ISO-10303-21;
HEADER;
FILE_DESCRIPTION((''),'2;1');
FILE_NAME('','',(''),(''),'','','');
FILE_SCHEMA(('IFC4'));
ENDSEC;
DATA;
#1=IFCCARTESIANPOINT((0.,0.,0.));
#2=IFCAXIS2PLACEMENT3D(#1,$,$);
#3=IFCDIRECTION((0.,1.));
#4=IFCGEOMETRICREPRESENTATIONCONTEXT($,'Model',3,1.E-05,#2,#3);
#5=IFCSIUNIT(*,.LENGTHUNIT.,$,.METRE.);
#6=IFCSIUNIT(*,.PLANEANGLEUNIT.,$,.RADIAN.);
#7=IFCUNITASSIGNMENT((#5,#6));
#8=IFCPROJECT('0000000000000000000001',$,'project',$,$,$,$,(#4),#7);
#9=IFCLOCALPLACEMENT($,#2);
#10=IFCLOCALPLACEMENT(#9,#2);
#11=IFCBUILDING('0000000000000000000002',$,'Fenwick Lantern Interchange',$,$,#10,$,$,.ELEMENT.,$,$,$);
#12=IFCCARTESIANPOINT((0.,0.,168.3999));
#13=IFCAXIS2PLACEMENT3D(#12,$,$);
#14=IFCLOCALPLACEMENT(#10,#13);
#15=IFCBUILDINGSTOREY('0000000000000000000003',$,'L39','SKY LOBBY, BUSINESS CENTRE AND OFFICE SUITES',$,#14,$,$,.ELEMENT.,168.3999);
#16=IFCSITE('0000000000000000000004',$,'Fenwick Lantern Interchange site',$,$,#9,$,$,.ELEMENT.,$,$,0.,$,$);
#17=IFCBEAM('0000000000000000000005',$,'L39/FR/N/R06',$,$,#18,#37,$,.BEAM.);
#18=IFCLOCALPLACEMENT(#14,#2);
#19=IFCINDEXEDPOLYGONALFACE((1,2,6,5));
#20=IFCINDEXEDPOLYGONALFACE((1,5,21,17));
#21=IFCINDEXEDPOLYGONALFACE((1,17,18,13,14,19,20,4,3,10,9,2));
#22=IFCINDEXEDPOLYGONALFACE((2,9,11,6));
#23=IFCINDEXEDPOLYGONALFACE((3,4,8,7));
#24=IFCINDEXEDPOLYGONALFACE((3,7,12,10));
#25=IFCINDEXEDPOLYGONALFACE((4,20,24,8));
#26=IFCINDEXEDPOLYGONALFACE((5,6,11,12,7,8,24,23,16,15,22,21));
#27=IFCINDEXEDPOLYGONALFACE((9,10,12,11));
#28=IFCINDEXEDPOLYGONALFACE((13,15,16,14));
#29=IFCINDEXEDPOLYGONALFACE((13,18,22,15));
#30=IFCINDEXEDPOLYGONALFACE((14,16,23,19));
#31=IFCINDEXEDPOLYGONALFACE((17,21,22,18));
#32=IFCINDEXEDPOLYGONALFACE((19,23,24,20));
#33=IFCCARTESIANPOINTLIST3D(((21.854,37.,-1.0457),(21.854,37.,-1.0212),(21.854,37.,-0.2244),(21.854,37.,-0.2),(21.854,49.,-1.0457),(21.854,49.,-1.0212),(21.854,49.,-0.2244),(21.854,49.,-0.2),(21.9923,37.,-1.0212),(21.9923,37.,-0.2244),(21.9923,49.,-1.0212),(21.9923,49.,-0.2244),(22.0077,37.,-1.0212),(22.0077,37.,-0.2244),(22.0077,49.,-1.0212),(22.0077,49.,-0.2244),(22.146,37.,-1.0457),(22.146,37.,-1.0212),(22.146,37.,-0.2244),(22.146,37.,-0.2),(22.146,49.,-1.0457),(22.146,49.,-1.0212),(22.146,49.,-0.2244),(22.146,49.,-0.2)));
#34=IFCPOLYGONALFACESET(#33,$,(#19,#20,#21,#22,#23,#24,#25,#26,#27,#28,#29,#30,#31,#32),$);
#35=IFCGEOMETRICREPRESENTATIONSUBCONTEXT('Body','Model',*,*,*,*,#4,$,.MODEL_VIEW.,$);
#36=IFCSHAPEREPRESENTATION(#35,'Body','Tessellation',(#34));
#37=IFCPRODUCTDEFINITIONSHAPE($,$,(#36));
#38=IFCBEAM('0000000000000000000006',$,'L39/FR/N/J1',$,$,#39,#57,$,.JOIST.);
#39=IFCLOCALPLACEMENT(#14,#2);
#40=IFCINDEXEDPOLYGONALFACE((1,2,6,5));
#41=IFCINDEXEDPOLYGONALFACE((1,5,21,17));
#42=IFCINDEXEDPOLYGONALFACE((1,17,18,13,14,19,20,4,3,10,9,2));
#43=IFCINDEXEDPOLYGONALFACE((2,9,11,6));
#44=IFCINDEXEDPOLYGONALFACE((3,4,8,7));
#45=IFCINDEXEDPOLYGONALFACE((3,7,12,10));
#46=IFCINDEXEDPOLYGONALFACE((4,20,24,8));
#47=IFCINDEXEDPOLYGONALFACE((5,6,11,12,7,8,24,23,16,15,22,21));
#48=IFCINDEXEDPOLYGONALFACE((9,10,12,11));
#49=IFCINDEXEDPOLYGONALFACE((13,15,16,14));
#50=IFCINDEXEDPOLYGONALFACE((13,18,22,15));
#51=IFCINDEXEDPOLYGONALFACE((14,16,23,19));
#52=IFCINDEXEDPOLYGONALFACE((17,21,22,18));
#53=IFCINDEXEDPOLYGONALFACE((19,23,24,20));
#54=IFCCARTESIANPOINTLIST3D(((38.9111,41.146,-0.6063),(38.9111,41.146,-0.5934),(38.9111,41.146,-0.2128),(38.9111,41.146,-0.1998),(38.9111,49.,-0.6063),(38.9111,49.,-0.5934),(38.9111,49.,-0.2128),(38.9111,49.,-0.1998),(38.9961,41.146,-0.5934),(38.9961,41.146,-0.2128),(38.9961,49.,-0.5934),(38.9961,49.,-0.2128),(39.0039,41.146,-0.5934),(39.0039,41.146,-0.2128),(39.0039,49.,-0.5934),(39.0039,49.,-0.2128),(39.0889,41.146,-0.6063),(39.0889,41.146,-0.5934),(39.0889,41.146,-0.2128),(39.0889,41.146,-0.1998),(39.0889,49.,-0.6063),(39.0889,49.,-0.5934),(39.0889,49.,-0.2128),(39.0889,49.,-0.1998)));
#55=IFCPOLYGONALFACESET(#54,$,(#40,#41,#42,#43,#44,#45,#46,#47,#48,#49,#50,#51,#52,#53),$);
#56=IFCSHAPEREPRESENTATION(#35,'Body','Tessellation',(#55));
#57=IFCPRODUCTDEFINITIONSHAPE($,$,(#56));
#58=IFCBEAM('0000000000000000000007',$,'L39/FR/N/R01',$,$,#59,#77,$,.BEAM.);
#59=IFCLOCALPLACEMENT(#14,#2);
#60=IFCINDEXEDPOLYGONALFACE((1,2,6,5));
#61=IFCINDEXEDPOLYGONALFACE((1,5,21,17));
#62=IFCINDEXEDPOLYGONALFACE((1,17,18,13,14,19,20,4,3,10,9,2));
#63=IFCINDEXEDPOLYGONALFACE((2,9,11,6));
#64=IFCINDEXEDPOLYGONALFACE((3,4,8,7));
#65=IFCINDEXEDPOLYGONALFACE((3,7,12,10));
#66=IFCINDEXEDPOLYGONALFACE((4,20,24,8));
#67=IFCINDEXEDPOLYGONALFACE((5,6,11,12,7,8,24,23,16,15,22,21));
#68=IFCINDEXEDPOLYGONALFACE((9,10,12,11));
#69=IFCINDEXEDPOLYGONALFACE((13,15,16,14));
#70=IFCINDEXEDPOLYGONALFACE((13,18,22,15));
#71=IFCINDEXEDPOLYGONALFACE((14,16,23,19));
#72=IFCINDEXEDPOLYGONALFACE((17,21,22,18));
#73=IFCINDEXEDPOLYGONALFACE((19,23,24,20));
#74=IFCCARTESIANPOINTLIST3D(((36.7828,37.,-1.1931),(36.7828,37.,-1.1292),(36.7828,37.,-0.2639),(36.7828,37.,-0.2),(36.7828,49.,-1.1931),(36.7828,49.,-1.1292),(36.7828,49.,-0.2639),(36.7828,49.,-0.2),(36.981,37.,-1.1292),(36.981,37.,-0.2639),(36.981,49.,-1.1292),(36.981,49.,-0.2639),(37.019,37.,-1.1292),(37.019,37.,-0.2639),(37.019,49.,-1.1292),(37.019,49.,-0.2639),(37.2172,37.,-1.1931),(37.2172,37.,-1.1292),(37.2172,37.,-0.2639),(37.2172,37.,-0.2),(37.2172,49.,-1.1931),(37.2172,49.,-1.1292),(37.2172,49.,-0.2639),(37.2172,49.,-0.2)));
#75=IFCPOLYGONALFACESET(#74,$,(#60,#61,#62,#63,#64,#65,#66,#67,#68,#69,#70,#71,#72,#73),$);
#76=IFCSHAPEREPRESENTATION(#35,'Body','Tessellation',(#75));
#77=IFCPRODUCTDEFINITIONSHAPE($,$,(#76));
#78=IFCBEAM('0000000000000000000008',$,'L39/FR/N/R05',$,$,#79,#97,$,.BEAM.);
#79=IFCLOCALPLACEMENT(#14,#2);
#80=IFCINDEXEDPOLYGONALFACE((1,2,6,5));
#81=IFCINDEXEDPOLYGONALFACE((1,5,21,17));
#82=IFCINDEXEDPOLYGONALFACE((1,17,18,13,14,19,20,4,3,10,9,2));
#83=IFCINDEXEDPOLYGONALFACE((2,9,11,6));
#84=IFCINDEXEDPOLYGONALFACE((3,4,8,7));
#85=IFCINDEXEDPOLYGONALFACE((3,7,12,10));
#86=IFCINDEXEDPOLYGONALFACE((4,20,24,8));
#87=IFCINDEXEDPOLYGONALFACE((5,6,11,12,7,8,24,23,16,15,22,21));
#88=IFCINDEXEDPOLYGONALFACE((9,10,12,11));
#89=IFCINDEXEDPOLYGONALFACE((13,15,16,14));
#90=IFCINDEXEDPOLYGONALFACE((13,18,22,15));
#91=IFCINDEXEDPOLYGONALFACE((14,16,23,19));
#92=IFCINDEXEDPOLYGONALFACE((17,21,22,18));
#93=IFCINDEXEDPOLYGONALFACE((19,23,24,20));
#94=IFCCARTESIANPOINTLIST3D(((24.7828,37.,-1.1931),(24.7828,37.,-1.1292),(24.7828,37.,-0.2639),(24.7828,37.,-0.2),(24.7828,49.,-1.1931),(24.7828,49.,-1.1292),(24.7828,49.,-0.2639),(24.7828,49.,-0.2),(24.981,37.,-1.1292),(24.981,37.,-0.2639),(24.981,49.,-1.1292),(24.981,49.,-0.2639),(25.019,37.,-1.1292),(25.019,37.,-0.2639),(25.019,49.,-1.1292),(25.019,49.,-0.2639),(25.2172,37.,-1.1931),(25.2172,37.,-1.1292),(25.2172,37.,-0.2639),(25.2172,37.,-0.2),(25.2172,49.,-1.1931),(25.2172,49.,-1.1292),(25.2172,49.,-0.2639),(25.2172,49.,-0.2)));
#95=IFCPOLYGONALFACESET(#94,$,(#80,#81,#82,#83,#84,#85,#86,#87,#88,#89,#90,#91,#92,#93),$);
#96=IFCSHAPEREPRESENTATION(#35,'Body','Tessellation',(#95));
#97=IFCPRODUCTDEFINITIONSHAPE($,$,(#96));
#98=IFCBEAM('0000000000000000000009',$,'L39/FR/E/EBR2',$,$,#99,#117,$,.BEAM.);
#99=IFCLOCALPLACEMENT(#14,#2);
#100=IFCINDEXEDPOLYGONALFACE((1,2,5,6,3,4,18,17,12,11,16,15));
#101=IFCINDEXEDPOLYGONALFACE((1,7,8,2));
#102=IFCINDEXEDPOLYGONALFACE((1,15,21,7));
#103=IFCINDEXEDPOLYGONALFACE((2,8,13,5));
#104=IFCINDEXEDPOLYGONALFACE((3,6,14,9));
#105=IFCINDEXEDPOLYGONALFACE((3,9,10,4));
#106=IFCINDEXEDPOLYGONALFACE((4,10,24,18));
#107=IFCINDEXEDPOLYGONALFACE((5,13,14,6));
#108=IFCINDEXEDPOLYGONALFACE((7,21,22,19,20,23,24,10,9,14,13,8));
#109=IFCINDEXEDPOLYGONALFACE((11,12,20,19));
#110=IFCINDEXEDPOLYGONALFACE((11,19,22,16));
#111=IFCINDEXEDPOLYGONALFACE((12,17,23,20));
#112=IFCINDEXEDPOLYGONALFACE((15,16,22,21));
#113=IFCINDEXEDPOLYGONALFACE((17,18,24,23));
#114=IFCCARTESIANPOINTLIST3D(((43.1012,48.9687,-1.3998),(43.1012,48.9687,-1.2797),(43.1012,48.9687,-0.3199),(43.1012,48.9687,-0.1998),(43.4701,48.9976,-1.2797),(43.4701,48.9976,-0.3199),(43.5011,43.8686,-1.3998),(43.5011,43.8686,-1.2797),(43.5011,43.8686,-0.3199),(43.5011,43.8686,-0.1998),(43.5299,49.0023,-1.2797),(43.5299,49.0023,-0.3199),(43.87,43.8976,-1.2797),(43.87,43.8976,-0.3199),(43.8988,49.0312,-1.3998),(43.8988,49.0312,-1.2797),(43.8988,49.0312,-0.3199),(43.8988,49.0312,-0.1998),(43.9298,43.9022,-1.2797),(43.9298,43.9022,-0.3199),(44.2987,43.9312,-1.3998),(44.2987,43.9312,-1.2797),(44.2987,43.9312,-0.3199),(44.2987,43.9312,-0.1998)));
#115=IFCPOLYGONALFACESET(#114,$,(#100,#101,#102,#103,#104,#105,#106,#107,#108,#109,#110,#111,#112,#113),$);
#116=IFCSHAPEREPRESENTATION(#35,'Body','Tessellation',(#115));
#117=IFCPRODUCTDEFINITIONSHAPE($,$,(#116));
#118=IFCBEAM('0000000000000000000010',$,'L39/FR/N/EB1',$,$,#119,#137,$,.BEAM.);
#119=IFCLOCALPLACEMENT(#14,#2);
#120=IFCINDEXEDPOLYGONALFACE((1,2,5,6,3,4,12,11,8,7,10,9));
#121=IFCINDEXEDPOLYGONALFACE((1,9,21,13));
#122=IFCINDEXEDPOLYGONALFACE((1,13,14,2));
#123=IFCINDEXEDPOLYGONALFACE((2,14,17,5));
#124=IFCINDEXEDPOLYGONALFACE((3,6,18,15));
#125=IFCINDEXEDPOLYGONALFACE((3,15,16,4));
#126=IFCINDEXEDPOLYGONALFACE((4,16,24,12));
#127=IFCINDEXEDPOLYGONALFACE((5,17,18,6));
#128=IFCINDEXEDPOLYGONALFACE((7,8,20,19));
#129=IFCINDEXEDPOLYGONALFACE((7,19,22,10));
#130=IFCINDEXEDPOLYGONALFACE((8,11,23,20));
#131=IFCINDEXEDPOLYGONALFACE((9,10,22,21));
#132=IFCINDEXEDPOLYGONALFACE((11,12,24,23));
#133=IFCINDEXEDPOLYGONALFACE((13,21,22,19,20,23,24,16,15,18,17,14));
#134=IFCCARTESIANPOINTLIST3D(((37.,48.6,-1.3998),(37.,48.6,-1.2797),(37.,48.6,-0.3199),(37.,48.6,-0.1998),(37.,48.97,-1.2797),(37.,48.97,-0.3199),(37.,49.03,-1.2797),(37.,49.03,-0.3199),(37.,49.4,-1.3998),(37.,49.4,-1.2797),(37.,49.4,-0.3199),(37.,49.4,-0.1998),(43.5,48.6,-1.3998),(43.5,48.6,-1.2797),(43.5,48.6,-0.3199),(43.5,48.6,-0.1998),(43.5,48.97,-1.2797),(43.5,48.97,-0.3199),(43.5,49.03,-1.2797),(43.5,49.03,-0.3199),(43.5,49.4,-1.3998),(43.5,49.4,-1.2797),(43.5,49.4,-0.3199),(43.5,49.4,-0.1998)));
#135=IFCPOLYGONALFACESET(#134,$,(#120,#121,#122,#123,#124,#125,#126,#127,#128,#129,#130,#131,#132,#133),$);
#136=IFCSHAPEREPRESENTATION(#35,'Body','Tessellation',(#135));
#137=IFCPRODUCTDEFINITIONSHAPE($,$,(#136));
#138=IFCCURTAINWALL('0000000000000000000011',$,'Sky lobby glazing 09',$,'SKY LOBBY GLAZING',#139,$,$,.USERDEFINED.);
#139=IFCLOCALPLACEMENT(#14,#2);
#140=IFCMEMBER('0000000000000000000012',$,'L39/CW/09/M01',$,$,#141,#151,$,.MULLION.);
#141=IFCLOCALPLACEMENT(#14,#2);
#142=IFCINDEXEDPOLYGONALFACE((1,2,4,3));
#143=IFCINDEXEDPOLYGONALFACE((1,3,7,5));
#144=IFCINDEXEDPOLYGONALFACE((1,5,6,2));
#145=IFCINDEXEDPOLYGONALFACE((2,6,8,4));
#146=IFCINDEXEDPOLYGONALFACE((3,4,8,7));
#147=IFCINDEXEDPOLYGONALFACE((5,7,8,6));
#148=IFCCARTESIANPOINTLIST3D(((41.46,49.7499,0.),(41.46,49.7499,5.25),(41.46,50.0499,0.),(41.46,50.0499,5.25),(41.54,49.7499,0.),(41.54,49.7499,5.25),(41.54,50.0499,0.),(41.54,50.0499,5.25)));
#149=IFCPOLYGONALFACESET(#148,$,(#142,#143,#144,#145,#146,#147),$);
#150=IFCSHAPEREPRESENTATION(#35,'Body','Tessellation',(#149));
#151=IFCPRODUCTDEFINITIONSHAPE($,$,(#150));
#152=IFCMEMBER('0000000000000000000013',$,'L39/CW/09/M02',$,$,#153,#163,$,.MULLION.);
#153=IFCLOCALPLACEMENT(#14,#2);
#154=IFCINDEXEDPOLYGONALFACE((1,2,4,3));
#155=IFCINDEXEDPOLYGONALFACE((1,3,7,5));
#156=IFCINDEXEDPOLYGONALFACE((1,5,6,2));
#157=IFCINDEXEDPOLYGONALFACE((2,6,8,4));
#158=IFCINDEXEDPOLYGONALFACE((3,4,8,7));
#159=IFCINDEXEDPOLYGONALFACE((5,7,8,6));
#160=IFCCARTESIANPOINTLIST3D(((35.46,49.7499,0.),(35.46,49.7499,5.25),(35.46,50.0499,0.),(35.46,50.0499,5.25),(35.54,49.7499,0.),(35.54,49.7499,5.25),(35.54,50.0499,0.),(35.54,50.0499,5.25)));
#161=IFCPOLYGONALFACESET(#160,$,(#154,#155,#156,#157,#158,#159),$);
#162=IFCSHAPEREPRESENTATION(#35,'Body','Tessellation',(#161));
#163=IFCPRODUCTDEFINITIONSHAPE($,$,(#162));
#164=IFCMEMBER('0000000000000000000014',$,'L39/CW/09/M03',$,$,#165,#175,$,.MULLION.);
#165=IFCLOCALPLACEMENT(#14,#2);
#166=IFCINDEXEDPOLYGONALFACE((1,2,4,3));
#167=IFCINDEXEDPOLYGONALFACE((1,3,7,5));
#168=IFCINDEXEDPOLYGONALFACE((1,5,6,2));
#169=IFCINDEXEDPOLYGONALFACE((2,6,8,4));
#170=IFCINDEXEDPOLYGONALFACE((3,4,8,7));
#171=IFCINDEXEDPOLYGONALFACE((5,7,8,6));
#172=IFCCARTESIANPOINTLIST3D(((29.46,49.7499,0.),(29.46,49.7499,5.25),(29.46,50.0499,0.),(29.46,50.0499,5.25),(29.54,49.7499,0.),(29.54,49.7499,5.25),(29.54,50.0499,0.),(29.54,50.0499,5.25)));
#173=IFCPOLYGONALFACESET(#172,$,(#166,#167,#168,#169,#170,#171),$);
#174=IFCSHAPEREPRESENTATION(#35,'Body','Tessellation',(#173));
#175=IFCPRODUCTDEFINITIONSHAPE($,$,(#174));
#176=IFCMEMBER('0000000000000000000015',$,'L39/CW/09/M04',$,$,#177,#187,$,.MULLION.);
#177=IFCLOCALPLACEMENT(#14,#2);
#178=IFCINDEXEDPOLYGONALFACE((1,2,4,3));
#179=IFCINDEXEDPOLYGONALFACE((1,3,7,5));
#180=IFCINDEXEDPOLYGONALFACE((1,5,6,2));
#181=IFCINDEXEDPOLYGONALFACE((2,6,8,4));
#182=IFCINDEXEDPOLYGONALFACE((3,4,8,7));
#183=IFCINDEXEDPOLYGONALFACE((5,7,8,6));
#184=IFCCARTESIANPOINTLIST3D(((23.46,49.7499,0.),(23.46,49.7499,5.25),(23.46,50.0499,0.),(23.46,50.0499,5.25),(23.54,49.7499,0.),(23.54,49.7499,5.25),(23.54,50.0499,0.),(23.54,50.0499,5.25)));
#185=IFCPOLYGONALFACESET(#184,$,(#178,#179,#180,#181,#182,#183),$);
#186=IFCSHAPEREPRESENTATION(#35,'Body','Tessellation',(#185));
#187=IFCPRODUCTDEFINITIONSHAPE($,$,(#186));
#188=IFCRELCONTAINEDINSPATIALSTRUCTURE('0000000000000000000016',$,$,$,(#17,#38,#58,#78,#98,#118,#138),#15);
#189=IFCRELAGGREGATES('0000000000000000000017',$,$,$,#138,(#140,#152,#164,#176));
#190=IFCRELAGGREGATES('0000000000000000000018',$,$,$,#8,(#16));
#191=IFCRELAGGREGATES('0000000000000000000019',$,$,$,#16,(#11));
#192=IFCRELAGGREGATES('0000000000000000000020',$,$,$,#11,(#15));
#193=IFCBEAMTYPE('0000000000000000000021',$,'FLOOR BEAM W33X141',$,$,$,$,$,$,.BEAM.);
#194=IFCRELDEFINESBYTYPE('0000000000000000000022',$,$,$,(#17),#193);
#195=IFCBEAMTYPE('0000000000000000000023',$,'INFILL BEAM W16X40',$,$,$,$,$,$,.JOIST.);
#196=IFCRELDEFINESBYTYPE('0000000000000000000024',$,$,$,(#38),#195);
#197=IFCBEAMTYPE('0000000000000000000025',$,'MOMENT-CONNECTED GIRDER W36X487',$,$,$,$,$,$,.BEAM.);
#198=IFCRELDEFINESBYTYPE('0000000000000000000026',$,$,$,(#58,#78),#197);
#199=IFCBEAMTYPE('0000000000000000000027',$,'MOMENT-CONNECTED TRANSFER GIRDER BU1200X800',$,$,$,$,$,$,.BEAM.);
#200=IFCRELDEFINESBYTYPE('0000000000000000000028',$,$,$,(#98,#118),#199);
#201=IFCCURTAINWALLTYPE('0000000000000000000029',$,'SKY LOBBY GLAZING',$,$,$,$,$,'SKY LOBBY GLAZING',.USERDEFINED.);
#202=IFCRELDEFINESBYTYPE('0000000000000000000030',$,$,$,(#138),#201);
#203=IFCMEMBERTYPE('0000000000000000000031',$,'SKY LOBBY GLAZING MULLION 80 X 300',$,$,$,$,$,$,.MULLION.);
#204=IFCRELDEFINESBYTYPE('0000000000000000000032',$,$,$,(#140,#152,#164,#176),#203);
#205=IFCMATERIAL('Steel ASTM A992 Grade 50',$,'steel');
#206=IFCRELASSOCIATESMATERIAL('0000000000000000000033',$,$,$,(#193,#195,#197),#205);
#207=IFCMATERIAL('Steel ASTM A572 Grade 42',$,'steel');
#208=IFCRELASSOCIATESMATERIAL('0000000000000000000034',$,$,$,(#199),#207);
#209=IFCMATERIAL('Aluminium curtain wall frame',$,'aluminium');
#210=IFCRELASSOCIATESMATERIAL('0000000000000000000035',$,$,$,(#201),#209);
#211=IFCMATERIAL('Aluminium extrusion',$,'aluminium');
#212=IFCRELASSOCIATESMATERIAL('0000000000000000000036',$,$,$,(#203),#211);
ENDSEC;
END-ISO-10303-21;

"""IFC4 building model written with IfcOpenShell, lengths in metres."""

from ifc_helpers import new_model, si_unit, direction, frame, origin, origin_2d, place, context, subcontext, project, spatial, rectangle, i_section, extrude, material, material_profile, profile_set, type_object, element, aggregate, save


model = new_model("IFC4")

# Units and contexts
model_context = context("Model", 3, precision=1e-05, world=origin(), true_north=direction((0.0, 1.0)))
body_context = subcontext(model_context, "Body", "Model", "MODEL_VIEW")
ifc_project = project(units=[si_unit("LENGTHUNIT", "METRE"), si_unit("PLANEANGLEUNIT", "RADIAN")], contexts=[model_context])

# Site, building, storey
site_placement = place(None, origin())
site = spatial("IfcSite", under=ifc_project, at=site_placement, Name="Fenwick Lantern Interchange site", CompositionType="ELEMENT", RefElevation=0.0)
building_placement = place(site_placement, origin())
building = spatial("IfcBuilding", under=site, at=building_placement, Name="Fenwick Lantern Interchange", CompositionType="ELEMENT")
storey_placement = place(building_placement, frame((0.0, 0.0, 168.3999)))
storey = spatial("IfcBuildingStorey", under=building, at=storey_placement, Name="L39", Description="SKY LOBBY, BUSINESS CENTRE AND OFFICE SUITES", CompositionType="ELEMENT", Elevation=168.3999)

# Shared definitions
ifc_material_1 = material(Name="Steel ASTM A992 Grade 50", Category="steel")

# Beams
ifc_material_profile_1 = material_profile(ifc_material_1, i_section(OverallWidth=0.292, OverallDepth=0.8457, WebThickness=0.0154, FlangeThickness=0.0244, at=origin_2d()), Name="W33X141")
ifc_profile_set_1 = profile_set([ifc_material_profile_1], Name="Steel ASTM A992 Grade 50")
beam_type_1 = type_object("IfcBeamType", Name="FLOOR BEAM W33X141", PredefinedType="BEAM", material=ifc_profile_set_1)
for number, where, z_axis, x_axis, name in (
    (1, (22.0, 49.0, -0.6228), (0.0, -1.0, 0.0), (1.0, 0.0, 0.0), "L39/FR/N/R06"),
):
    element("IfcBeam", number, at=place(storey_placement, frame(where, z_axis=z_axis, x_axis=x_axis)), inside=storey, type_object=beam_type_1, Name=name, PredefinedType="BEAM", context=body_context, shape_type="SweptSolid", body=[
        extrude(i_section(OverallWidth=0.292, OverallDepth=0.8457, WebThickness=0.0154, FlangeThickness=0.0244, at=origin_2d()), origin(), (0.0, 0.0, 1.0), 12.0),
    ])
ifc_material_profile_2 = material_profile(ifc_material_1, i_section(OverallWidth=0.1777, OverallDepth=0.4065, WebThickness=0.0078, FlangeThickness=0.0129, at=origin_2d()), Name="W16X40")
ifc_profile_set_2 = profile_set([ifc_material_profile_2], Name="Steel ASTM A992 Grade 50")
beam_type_2 = type_object("IfcBeamType", Name="INFILL BEAM W16X40", PredefinedType="JOIST", material=ifc_profile_set_2)
beam_1_placement = place(storey_placement, frame((39.0, 49.0, -0.4031), z_axis=(0.0, -1.0, 0.0), x_axis=(1.0, 0.0, 0.0)))
element("IfcBeam", 2, at=beam_1_placement, inside=storey, type_object=beam_type_2, Name="L39/FR/N/J1", PredefinedType="JOIST", context=body_context, shape_type="SweptSolid", body=[
    extrude(i_section(OverallWidth=0.1777, OverallDepth=0.4065, WebThickness=0.0078, FlangeThickness=0.0129, at=origin_2d()), origin(), (0.0, 0.0, 1.0), 7.854),
])
ifc_material_profile_3 = material_profile(ifc_material_1, i_section(OverallWidth=0.4343, OverallDepth=0.9932, WebThickness=0.0381, FlangeThickness=0.064, at=origin_2d()), Name="W36X487")
ifc_profile_set_3 = profile_set([ifc_material_profile_3], Name="Steel ASTM A992 Grade 50")
beam_type_3 = type_object("IfcBeamType", Name="MOMENT-CONNECTED GIRDER W36X487", PredefinedType="BEAM", material=ifc_profile_set_3)
for number, where, z_axis, x_axis, name in (
    (3, (37.0, 49.0, -0.6965), (0.0, -1.0, 0.0), (1.0, 0.0, 0.0), "L39/FR/N/R01"),
    (4, (25.0, 49.0, -0.6965), (0.0, -1.0, 0.0), (1.0, 0.0, 0.0), "L39/FR/N/R05"),
):
    element("IfcBeam", number, at=place(storey_placement, frame(where, z_axis=z_axis, x_axis=x_axis)), inside=storey, type_object=beam_type_3, Name=name, PredefinedType="BEAM", context=body_context, shape_type="SweptSolid", body=[
        extrude(i_section(OverallWidth=0.4343, OverallDepth=0.9932, WebThickness=0.0381, FlangeThickness=0.064, at=origin_2d()), origin(), (0.0, 0.0, 1.0), 12.0),
    ])
ifc_material_2 = material(Name="Steel ASTM A572 Grade 42", Category="steel")
ifc_material_profile_4 = material_profile(ifc_material_2, i_section(OverallWidth=0.8, OverallDepth=1.2, WebThickness=0.0601, FlangeThickness=0.1201, at=origin_2d()), Name="BU1200X800")
ifc_profile_set_4 = profile_set([ifc_material_profile_4], Name="Steel ASTM A572 Grade 42")
beam_type_4 = type_object("IfcBeamType", Name="MOMENT-CONNECTED TRANSFER GIRDER BU1200X800", PredefinedType="BEAM", material=ifc_profile_set_4)
beam_2_placement = place(storey_placement, frame((43.8999, 43.8999, -0.7998), z_axis=(-0.078171, 0.99694, 0.0), x_axis=(-0.99694, -0.078171, 0.0)))
element("IfcBeam", 5, at=beam_2_placement, inside=storey, type_object=beam_type_4, Name="L39/FR/E/EBR2", PredefinedType="BEAM", context=body_context, shape_type="SweptSolid", body=[
    extrude(i_section(OverallWidth=0.8, OverallDepth=1.2, WebThickness=0.0601, FlangeThickness=0.1201, at=origin_2d()), origin(), (0.0, 0.0, 1.0), 5.1157),
])
beam_3_placement = place(storey_placement, frame((43.5, 49.0, -0.7998), z_axis=(-1.0, 0.0, 0.0), x_axis=(0.0, -1.0, 0.0)))
element("IfcBeam", 6, at=beam_3_placement, inside=storey, type_object=beam_type_4, Name="L39/FR/N/EB1", PredefinedType="BEAM", context=body_context, shape_type="SweptSolid", body=[
    extrude(i_section(OverallWidth=0.8, OverallDepth=1.2, WebThickness=0.0601, FlangeThickness=0.1201, at=origin_2d()), origin(), (0.0, 0.0, 1.0), 6.5),
])

# Curtain wall, members
ifc_material_3 = material(Name="Aluminium curtain wall frame", Category="aluminium")
curtain_wall_type = type_object("IfcCurtainWallType", Name="SKY LOBBY GLAZING", ElementType="SKY LOBBY GLAZING", PredefinedType="USERDEFINED", material=ifc_material_3)
curtain_wall_placement = place(storey_placement, origin())
curtain_wall = element("IfcCurtainWall", 7, at=curtain_wall_placement, inside=storey, type_object=curtain_wall_type, Name="Sky lobby glazing 09", ObjectType="SKY LOBBY GLAZING", PredefinedType="USERDEFINED")
ifc_material_4 = material(Name="Aluminium extrusion", Category="aluminium")
ifc_material_profile_5 = material_profile(ifc_material_4, rectangle(XDim=0.3, YDim=0.0801, at=origin_2d()), Name="SKY LOBBY GLAZING MULLION 80 X 300")
ifc_profile_set_5 = profile_set([ifc_material_profile_5], Name="Aluminium extrusion")
member_type_1 = type_object("IfcMemberType", Name="SKY LOBBY GLAZING MULLION 80 X 300", PredefinedType="MULLION", material=ifc_profile_set_5)
member_1_placement = place(storey_placement, frame((41.5, 49.8999, 0.0), z_axis=(0.0, 0.0, 1.0), x_axis=(0.0, -1.0, 0.0)))
member_1 = element("IfcMember", 8, at=member_1_placement, type_object=member_type_1, Name="L39/CW/09/M01", PredefinedType="MULLION", context=body_context, shape_type="SweptSolid", body=[
    extrude(rectangle(XDim=0.3, YDim=0.0801, at=origin_2d()), origin(), (0.0, 0.0, 1.0), 5.25),
])
member_2_placement = place(storey_placement, frame((35.5, 49.8999, 0.0), z_axis=(0.0, 0.0, 1.0), x_axis=(0.0, -1.0, 0.0)))
member_2 = element("IfcMember", 9, at=member_2_placement, type_object=member_type_1, Name="L39/CW/09/M02", PredefinedType="MULLION", context=body_context, shape_type="SweptSolid", body=[
    extrude(rectangle(XDim=0.3, YDim=0.0801, at=origin_2d()), origin(), (0.0, 0.0, 1.0), 5.25),
])
member_3_placement = place(storey_placement, frame((29.5, 49.8999, 0.0), z_axis=(0.0, 0.0, 1.0), x_axis=(0.0, -1.0, 0.0)))
member_3 = element("IfcMember", 10, at=member_3_placement, type_object=member_type_1, Name="L39/CW/09/M03", PredefinedType="MULLION", context=body_context, shape_type="SweptSolid", body=[
    extrude(rectangle(XDim=0.3, YDim=0.0801, at=origin_2d()), origin(), (0.0, 0.0, 1.0), 5.25),
])
member_4_placement = place(storey_placement, frame((23.5, 49.8999, 0.0), z_axis=(0.0, 0.0, 1.0), x_axis=(0.0, -1.0, 0.0)))
member_4 = element("IfcMember", 11, at=member_4_placement, type_object=member_type_1, Name="L39/CW/09/M04", PredefinedType="MULLION", context=body_context, shape_type="SweptSolid", body=[
    extrude(rectangle(XDim=0.3, YDim=0.0801, at=origin_2d()), origin(), (0.0, 0.0, 1.0), 5.25),
])
aggregate(curtain_wall, [member_1, member_2, member_3, member_4])

save(model, "model.ifc")
